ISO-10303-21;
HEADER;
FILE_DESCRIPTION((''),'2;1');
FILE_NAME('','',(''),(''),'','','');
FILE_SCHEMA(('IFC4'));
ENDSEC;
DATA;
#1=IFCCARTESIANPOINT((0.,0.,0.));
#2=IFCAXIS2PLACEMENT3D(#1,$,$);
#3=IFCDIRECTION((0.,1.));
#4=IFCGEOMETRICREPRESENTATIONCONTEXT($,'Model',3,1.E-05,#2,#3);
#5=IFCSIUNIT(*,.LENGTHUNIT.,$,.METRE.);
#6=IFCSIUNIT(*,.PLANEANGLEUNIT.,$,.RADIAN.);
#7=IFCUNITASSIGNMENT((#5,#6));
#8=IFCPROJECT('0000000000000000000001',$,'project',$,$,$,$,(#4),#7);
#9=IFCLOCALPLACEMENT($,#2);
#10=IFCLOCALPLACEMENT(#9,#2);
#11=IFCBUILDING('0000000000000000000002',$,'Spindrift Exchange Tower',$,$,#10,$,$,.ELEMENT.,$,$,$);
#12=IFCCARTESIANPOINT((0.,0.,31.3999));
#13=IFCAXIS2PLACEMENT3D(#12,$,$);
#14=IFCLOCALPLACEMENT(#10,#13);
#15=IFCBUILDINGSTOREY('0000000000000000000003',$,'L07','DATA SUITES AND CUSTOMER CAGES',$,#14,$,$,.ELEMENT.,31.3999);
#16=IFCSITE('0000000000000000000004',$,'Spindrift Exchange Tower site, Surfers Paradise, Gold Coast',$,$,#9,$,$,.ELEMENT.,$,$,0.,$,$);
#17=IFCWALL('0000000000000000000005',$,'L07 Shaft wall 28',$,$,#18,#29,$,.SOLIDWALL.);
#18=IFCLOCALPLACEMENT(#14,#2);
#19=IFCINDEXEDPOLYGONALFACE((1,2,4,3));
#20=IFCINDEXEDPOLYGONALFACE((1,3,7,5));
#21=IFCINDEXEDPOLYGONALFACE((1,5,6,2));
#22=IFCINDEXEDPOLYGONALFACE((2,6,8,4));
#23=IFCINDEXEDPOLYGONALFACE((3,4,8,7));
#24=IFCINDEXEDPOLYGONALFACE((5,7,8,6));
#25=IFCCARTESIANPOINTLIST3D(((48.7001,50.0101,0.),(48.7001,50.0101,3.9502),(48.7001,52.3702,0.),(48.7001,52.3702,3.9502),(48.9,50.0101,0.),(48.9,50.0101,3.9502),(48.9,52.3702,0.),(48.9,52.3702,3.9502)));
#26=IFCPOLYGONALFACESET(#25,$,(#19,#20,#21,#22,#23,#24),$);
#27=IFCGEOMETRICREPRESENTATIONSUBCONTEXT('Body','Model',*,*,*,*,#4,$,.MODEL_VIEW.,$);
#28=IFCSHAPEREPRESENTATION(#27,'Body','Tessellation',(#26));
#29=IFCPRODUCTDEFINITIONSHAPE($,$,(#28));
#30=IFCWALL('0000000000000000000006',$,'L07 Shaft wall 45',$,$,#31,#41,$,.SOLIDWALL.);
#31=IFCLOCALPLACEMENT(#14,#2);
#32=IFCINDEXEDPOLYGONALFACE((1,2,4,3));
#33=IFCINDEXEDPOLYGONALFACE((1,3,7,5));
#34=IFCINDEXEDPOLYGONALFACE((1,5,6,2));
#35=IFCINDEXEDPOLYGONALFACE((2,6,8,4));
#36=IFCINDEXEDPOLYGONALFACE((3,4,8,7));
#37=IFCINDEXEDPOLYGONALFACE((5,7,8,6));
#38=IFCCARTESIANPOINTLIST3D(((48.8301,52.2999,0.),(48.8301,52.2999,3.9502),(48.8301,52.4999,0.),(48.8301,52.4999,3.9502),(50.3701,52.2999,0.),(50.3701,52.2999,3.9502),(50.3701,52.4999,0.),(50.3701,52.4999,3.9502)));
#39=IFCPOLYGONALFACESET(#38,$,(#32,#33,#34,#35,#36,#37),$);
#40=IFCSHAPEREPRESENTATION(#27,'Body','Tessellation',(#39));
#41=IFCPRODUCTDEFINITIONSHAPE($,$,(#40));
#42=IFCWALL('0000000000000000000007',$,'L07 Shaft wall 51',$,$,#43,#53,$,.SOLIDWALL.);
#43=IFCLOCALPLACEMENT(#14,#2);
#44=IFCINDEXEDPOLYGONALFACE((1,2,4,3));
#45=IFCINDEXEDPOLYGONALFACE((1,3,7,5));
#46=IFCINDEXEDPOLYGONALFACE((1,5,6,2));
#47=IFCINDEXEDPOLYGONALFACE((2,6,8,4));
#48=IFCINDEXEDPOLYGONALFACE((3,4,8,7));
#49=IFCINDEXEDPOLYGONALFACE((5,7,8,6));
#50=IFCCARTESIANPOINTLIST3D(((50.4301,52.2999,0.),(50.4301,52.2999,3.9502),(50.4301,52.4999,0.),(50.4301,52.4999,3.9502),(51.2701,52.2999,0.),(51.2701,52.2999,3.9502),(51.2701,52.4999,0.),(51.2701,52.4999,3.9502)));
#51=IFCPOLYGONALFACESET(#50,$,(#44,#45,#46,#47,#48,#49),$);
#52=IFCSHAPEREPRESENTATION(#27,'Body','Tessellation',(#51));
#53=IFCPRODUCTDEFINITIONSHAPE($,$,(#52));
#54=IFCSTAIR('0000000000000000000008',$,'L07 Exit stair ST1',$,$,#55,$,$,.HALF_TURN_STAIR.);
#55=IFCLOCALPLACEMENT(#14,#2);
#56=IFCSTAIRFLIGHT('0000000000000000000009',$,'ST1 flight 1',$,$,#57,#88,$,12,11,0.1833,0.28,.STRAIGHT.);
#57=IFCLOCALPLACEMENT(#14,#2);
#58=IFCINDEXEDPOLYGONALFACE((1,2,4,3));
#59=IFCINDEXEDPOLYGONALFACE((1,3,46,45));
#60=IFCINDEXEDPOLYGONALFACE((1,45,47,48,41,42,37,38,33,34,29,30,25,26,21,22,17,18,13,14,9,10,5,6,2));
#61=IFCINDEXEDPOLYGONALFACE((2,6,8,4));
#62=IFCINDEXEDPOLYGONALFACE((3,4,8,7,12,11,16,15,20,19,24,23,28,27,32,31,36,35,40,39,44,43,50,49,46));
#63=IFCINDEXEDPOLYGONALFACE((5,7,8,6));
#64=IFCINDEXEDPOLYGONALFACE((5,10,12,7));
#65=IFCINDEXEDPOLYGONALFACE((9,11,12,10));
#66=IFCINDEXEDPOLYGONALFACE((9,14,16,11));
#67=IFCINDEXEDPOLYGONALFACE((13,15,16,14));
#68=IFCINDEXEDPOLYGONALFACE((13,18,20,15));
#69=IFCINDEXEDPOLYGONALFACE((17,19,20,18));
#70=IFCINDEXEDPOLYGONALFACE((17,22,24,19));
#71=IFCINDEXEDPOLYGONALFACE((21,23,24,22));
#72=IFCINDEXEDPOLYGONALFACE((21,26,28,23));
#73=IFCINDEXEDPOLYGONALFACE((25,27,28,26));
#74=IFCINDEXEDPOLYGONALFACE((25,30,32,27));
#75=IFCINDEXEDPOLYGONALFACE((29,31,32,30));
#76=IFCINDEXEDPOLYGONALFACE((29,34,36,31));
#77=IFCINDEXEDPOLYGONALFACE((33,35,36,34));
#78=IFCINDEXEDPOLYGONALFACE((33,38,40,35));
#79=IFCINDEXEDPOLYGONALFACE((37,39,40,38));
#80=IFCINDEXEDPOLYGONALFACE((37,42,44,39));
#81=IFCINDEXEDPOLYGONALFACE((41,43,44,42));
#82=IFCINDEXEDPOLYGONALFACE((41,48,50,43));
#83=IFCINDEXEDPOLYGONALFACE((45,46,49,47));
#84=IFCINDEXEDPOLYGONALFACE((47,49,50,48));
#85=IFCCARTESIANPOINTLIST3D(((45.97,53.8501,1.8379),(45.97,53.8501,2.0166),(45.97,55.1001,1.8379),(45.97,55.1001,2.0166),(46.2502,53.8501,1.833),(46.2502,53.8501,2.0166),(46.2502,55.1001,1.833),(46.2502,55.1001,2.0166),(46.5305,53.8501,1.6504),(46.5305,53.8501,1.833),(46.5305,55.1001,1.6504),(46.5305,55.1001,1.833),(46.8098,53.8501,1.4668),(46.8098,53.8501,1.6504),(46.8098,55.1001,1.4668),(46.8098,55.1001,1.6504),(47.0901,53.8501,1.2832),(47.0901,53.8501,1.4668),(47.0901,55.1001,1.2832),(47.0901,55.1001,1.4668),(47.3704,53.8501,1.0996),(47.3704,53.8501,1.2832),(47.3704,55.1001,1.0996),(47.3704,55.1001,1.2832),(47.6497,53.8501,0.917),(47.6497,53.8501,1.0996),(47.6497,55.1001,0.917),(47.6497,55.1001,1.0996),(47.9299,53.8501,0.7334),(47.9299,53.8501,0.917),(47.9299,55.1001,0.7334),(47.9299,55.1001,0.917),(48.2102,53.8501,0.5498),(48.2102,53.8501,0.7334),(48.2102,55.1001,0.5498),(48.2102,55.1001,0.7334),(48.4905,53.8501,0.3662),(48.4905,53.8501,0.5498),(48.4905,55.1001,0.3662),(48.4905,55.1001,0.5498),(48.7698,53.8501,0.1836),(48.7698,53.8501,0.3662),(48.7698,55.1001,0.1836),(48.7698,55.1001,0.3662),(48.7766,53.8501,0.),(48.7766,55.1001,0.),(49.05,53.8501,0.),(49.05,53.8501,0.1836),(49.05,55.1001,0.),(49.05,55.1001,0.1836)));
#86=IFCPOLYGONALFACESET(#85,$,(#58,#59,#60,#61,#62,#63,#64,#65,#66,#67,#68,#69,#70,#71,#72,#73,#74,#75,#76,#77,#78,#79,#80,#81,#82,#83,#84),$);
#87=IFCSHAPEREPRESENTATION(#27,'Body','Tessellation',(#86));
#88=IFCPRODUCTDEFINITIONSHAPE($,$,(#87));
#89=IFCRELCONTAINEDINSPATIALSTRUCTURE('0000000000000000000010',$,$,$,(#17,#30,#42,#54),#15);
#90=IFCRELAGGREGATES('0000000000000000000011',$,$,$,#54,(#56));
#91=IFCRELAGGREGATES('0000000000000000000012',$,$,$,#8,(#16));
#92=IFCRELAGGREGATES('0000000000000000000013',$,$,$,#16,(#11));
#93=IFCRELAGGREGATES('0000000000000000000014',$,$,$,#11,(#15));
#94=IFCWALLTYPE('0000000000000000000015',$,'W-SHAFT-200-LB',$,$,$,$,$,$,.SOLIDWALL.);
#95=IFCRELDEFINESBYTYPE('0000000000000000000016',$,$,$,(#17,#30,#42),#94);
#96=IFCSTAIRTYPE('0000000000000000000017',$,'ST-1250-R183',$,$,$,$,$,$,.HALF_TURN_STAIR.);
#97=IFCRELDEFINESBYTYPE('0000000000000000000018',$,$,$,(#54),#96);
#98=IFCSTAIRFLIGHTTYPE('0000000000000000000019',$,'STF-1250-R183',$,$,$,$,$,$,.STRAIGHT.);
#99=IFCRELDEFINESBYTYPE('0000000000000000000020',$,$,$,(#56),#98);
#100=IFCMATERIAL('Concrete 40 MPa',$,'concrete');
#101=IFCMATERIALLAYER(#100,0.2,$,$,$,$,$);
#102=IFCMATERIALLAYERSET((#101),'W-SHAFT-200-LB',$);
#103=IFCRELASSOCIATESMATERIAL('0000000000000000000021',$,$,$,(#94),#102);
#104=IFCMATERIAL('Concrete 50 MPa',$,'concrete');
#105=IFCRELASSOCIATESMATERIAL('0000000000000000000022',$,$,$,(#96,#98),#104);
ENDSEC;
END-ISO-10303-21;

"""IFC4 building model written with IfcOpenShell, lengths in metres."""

from ifc_helpers import new_model, si_unit, direction, frame, frame_2d, origin, place, context, subcontext, project, spatial, line, indexed_curve, rectangle, outline, extrude, material, layer, layer_set, type_object, element, aggregate, save


model = new_model("IFC4")

# Units and contexts
model_context = context("Model", 3, precision=1e-05, world=origin(), true_north=direction((0.0, 1.0)))
body_context = subcontext(model_context, "Body", "Model", "MODEL_VIEW")
ifc_project = project(units=[si_unit("LENGTHUNIT", "METRE"), si_unit("PLANEANGLEUNIT", "RADIAN")], contexts=[model_context])

# Site, building, storey
site_placement = place(None, origin())
site = spatial("IfcSite", under=ifc_project, at=site_placement, Name="Spindrift Exchange Tower site, Surfers Paradise, Gold Coast", CompositionType="ELEMENT", RefElevation=0.0)
building_placement = place(site_placement, origin())
building = spatial("IfcBuilding", under=site, at=building_placement, Name="Spindrift Exchange Tower", CompositionType="ELEMENT")
storey_placement = place(building_placement, frame((0.0, 0.0, 31.3999)))
storey = spatial("IfcBuildingStorey", under=building, at=storey_placement, Name="L07", Description="DATA SUITES AND CUSTOMER CAGES", CompositionType="ELEMENT", Elevation=31.3999)

# Shared definitions
ifc_material_1 = material(Name="Concrete 40 MPa", Category="concrete")

# Shared definitions
ifc_layer_1 = layer(ifc_material_1, 0.2)
ifc_layer_set_1 = layer_set([ifc_layer_1], Name="W-SHAFT-200-LB")
wall_type_1 = type_object("IfcWallType", Name="W-SHAFT-200-LB", PredefinedType="SOLIDWALL", material=ifc_layer_set_1)

# Walls
wall_1_placement = place(storey_placement, frame((48.8, 50.01, 0.0), z_axis=(0.0, 0.0, 1.0), x_axis=(0.0, 1.0, 0.0)))
element("IfcWall", 1, at=wall_1_placement, inside=storey, type_object=wall_type_1, Name="L07 Shaft wall 28", PredefinedType="SOLIDWALL", context=body_context, shape_type="SweptSolid", body=[
    extrude(rectangle(XDim=2.3601, YDim=0.2, at=frame_2d((1.1802, 0.0))), origin(), (0.0, 0.0, 1.0), 3.9502),
])
wall_2_placement = place(storey_placement, frame((50.3701, 52.3999, 0.0), z_axis=(0.0, 0.0, 1.0), x_axis=(-1.0, 0.0, 0.0)))
element("IfcWall", 2, at=wall_2_placement, inside=storey, type_object=wall_type_1, Name="L07 Shaft wall 45", PredefinedType="SOLIDWALL", context=body_context, shape_type="SweptSolid", body=[
    extrude(rectangle(XDim=1.54, YDim=0.2, at=frame_2d((0.77, 0.0))), origin(), (0.0, 0.0, 1.0), 3.9502),
])
wall_3_placement = place(storey_placement, frame((51.27, 52.3999, 0.0), z_axis=(0.0, 0.0, 1.0), x_axis=(-1.0, 0.0, 0.0)))
element("IfcWall", 3, at=wall_3_placement, inside=storey, type_object=wall_type_1, Name="L07 Shaft wall 51", PredefinedType="SOLIDWALL", context=body_context, shape_type="SweptSolid", body=[
    extrude(rectangle(XDim=0.8401, YDim=0.2, at=frame_2d((0.4199, 0.0))), origin(), (0.0, 0.0, 1.0), 3.9502),
])

# Stair, stair flight
ifc_material_2 = material(Name="Concrete 50 MPa", Category="concrete")
stair_type = type_object("IfcStairType", Name="ST-1250-R183", PredefinedType="HALF_TURN_STAIR", material=ifc_material_2)
stair_placement = place(storey_placement, origin())
stair = element("IfcStair", 4, at=stair_placement, inside=storey, type_object=stair_type, Name="L07 Exit stair ST1", PredefinedType="HALF_TURN_STAIR")
stair_flight_type = type_object("IfcStairFlightType", Name="STF-1250-R183", PredefinedType="STRAIGHT", material=ifc_material_2)
stair_flight_placement = place(storey_placement, frame((49.05, 54.4751, 0.0), z_axis=(0.0, 0.0, 1.0), x_axis=(-1.0, 0.0, 0.0)))
stair_flight = element("IfcStairFlight", 5, at=stair_flight_placement, type_object=stair_flight_type, Name="ST1 flight 1", NumberOfRisers=12, NumberOfTreads=11, PredefinedType="STRAIGHT", RiserHeight=0.1833, TreadLength=0.28, context=body_context, shape_type="SweptSolid", body=[
    extrude(outline(indexed_curve([(0.0, 0.0), (0.0, 0.1836), (0.2803, 0.1836), (0.2803, 0.3662), (0.5596, 0.3662), (0.5596, 0.5498), (0.8398, 0.5498), (0.8398, 0.7334), (1.1201, 0.7334), (1.1201, 0.917), (1.4004, 0.917), (1.4004, 1.0996), (1.6797, 1.0996), (1.6797, 1.2832), (1.96, 1.2832), (1.96, 1.4668), (2.2402, 1.4668), (2.2402, 1.6504), (2.5195, 1.6504), (2.5195, 1.833), (2.7998, 1.833), (2.7998, 2.0166), (3.0801, 2.0166), (3.0801, 2.2002), (3.0801, 1.8379), (0.2734, 0.0)], segments=[line(1, 2, 3, 4, 5, 6, 7, 8, 9, 10, 11, 12, 13, 14, 15, 16, 17, 18, 19, 20, 21, 22, 23, 24, 25, 26, 1)], self_intersect=False)), frame((0.0, 0.625, 0.0), z_axis=(0.0, -1.0, 0.0), x_axis=(1.0, 0.0, 0.0)), (0.0, 0.0, 1.0), 1.25),
])
aggregate(stair, [stair_flight])

save(model, "model.ifc")
